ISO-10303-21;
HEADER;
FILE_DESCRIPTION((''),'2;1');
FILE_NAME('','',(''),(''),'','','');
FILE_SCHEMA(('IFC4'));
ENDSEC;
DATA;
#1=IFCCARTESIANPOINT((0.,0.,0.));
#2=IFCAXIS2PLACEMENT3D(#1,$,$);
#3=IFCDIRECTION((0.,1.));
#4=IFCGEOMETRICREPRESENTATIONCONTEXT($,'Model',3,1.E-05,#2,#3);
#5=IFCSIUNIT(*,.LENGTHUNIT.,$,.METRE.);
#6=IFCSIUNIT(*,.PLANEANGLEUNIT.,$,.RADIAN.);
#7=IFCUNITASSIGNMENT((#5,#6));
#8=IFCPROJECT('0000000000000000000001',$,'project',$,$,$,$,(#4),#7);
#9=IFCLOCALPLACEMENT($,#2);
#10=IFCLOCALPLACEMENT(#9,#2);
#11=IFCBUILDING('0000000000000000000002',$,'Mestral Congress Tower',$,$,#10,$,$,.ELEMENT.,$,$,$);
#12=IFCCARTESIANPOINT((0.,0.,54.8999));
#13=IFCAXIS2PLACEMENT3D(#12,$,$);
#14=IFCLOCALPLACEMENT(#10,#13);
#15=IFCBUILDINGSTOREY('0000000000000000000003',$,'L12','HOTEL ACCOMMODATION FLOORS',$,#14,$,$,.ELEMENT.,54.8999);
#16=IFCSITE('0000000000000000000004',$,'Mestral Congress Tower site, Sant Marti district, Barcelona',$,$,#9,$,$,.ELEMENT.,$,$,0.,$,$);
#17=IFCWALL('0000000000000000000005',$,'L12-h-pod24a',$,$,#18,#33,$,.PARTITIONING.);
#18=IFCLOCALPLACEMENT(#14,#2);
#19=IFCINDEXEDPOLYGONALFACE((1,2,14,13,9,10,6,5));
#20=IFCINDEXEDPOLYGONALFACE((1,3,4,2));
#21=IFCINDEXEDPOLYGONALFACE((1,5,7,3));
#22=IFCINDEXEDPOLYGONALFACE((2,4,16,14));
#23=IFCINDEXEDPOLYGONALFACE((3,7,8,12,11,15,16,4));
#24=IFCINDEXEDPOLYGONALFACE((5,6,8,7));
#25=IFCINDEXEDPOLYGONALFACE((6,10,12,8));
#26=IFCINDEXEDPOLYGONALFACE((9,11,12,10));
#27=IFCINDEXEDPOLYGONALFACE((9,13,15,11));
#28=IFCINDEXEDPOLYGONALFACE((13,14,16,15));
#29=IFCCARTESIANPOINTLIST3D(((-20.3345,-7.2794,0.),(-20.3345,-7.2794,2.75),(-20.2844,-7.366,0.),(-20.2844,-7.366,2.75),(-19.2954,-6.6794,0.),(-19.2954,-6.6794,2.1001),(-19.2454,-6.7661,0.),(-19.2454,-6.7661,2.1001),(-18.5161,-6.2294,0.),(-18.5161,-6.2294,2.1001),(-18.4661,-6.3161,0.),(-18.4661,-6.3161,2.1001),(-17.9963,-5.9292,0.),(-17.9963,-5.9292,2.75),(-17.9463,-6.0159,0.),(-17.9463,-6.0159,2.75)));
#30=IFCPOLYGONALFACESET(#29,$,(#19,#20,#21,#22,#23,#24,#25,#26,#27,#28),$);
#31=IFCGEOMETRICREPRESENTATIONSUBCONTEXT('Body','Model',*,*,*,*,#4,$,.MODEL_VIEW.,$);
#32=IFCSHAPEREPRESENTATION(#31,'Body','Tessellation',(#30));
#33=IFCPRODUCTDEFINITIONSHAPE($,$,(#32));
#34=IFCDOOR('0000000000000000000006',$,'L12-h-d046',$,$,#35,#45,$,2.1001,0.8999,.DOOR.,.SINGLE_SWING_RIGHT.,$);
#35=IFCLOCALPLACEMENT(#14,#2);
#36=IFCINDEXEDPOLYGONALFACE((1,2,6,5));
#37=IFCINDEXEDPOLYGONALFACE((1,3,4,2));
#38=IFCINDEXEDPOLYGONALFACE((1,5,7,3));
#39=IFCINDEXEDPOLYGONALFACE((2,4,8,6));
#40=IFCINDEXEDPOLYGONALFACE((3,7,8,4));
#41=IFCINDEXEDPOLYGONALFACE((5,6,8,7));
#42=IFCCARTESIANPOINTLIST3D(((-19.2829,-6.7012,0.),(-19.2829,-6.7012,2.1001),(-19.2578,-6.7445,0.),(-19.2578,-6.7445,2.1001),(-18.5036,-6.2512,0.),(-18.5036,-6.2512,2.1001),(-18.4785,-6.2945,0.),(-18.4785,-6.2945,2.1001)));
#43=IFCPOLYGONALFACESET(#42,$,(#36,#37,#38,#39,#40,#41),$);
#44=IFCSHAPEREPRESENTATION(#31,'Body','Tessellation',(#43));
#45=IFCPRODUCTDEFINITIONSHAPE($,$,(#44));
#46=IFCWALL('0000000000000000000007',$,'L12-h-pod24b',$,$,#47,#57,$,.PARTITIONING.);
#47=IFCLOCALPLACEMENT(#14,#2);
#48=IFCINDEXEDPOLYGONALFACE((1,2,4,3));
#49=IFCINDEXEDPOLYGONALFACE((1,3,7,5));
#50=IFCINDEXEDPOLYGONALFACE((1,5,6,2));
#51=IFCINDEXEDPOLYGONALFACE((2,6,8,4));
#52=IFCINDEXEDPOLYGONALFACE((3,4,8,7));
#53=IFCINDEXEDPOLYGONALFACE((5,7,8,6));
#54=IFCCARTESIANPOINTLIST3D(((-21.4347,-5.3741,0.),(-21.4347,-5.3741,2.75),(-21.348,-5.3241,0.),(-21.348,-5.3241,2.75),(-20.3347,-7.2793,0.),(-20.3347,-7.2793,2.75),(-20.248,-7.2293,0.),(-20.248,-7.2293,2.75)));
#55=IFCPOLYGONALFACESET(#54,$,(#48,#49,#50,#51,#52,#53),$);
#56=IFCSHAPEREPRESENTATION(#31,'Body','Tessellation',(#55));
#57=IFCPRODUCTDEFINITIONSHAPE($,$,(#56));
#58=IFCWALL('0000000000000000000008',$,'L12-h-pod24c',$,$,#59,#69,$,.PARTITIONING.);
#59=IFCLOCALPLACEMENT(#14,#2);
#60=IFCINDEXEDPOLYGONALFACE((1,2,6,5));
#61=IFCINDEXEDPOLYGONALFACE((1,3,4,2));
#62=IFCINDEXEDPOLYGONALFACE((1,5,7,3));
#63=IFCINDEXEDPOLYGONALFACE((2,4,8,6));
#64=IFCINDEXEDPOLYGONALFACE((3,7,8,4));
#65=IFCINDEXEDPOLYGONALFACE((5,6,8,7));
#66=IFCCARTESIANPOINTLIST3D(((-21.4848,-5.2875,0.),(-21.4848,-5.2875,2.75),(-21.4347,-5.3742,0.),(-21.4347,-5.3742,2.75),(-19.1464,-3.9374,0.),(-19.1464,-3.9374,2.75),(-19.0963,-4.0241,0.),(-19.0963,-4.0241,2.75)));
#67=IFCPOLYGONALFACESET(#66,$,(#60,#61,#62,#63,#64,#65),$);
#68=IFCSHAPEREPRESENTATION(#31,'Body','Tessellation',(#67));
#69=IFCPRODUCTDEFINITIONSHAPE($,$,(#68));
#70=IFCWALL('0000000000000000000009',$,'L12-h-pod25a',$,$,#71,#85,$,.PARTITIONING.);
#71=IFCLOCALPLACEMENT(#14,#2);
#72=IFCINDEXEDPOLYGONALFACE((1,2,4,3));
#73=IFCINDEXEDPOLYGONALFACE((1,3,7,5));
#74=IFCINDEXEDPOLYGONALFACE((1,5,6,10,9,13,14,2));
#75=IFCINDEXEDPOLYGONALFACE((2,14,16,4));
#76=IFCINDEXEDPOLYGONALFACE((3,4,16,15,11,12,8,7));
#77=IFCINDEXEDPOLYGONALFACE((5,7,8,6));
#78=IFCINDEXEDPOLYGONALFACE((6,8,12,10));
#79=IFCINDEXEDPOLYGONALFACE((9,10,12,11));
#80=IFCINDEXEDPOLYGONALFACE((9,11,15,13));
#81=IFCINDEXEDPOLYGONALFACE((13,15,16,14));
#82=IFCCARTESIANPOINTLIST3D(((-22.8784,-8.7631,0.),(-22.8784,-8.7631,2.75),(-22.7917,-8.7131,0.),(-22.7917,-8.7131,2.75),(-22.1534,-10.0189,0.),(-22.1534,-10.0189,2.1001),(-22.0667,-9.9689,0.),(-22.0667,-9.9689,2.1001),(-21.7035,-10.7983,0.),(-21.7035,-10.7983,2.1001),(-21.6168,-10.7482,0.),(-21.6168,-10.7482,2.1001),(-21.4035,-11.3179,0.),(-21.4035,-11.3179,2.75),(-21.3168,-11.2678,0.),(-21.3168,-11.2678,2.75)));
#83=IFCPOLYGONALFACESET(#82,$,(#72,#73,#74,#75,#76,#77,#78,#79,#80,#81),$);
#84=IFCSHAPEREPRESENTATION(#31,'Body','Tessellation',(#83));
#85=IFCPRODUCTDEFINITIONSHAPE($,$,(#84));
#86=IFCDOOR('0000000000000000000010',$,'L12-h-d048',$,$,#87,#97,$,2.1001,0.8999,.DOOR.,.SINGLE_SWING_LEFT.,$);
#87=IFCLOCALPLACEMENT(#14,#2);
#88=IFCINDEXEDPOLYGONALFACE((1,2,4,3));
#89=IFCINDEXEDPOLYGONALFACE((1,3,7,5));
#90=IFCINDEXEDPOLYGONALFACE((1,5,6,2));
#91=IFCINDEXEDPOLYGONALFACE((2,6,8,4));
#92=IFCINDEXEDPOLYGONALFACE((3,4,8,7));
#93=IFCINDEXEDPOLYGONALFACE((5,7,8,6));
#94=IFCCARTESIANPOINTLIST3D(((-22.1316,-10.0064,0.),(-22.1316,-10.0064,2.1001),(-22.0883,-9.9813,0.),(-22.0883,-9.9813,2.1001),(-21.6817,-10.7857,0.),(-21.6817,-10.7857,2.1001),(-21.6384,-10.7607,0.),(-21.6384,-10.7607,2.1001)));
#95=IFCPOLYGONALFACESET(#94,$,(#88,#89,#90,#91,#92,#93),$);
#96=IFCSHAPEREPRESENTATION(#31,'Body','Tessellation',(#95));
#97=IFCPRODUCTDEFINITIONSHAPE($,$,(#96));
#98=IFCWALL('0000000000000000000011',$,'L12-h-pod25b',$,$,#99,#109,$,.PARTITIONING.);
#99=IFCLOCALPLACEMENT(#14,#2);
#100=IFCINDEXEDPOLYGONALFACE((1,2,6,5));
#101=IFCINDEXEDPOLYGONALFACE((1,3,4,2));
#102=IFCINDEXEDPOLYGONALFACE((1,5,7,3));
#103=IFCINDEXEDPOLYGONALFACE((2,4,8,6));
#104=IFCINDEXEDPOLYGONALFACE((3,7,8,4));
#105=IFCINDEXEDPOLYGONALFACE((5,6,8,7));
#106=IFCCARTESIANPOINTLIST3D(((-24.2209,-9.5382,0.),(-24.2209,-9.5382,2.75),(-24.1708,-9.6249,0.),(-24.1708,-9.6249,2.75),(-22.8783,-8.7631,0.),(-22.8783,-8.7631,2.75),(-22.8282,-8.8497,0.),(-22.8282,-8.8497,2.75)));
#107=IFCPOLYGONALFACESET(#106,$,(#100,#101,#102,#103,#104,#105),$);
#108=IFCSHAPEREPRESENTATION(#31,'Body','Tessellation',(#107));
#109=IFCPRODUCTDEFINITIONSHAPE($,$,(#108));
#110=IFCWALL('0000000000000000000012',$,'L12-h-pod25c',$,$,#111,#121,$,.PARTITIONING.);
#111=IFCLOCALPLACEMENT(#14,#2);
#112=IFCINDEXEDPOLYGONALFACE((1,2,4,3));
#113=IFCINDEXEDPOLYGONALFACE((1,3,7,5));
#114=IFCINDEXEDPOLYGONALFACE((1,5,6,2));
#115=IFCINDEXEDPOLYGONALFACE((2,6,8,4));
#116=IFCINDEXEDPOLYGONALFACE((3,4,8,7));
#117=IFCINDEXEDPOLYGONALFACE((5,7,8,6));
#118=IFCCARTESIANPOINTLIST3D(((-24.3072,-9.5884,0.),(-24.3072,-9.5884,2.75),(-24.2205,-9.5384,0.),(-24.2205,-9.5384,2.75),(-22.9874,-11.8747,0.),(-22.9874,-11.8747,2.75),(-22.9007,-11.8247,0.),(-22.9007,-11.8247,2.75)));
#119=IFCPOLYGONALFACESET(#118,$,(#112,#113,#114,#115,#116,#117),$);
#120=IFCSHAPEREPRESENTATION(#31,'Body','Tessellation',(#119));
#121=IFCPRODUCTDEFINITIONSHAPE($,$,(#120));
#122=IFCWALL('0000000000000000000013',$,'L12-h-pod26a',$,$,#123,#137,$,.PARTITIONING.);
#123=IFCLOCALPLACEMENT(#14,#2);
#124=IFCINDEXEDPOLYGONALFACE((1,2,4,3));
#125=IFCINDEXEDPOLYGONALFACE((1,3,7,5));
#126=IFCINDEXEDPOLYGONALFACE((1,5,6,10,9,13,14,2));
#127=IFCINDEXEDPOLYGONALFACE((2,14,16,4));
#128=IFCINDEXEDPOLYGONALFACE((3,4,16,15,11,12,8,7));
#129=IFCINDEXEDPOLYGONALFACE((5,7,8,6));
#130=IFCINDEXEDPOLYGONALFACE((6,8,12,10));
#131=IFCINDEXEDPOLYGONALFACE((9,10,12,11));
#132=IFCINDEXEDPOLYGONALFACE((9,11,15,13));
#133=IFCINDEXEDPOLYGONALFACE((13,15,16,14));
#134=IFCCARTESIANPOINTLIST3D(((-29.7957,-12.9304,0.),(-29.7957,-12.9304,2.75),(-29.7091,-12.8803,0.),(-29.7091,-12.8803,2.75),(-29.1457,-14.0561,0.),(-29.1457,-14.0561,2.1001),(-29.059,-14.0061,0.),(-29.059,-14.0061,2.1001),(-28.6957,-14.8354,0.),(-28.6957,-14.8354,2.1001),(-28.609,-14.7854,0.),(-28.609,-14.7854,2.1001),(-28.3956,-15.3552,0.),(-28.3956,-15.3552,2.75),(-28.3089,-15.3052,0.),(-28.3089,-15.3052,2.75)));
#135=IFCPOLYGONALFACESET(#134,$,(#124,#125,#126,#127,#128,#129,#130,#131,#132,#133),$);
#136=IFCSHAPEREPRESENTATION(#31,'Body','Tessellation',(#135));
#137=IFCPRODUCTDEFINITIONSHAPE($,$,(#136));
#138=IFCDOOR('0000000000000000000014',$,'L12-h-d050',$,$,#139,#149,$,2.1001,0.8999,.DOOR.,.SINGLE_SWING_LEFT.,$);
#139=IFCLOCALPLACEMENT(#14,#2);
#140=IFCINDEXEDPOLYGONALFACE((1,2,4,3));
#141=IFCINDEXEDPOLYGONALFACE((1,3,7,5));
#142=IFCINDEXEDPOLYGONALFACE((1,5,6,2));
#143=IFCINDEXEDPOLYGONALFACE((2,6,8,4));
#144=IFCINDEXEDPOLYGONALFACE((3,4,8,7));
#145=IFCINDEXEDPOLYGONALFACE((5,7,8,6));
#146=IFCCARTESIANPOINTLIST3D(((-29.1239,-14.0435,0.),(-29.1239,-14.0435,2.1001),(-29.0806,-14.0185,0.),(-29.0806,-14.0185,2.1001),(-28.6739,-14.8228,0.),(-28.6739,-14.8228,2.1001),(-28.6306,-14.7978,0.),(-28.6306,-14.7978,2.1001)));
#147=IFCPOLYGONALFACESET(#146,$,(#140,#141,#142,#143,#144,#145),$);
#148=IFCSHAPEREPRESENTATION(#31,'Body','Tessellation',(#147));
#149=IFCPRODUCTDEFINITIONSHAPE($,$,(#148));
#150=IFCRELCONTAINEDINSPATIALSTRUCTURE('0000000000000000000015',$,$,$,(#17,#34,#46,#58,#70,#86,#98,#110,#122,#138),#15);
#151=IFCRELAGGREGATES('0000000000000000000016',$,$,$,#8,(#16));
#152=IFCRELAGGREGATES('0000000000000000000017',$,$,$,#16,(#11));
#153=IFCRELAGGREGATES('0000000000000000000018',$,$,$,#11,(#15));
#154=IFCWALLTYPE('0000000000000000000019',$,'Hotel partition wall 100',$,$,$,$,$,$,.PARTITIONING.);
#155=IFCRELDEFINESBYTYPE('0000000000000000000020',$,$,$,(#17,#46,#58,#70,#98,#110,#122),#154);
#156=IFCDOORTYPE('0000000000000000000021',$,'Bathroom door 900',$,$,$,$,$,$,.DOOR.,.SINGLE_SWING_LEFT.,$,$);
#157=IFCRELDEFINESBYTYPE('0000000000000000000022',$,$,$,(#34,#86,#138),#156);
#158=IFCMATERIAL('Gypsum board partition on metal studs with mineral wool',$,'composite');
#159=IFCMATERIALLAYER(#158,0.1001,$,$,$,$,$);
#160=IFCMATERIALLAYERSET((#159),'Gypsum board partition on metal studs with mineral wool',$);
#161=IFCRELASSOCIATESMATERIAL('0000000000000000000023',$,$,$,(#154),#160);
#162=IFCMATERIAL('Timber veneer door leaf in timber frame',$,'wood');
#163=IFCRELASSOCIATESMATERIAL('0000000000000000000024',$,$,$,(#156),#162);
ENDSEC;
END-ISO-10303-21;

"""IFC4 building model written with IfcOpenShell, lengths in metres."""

from ifc_helpers import new_model, si_unit, direction, frame, frame_2d, origin, place, context, subcontext, project, spatial, rectangle, extrude, material, layer, layer_set, type_object, element, fill, save


model = new_model("IFC4")

# Units and contexts
model_context = context("Model", 3, precision=1e-05, world=origin(), true_north=direction((0.0, 1.0)))
body_context = subcontext(model_context, "Body", "Model", "MODEL_VIEW")
ifc_project = project(units=[si_unit("LENGTHUNIT", "METRE"), si_unit("PLANEANGLEUNIT", "RADIAN")], contexts=[model_context])

# Site, building, storey
site_placement = place(None, origin())
site = spatial("IfcSite", under=ifc_project, at=site_placement, Name="Mestral Congress Tower site, Sant Marti district, Barcelona", CompositionType="ELEMENT", RefElevation=0.0)
building_placement = place(site_placement, origin())
building = spatial("IfcBuilding", under=site, at=building_placement, Name="Mestral Congress Tower", CompositionType="ELEMENT")
storey_placement = place(building_placement, frame((0.0, 0.0, 54.8999)))
storey = spatial("IfcBuildingStorey", under=building, at=storey_placement, Name="L12", Description="HOTEL ACCOMMODATION FLOORS", CompositionType="ELEMENT", Elevation=54.8999)

# Shared definitions
ifc_material_1 = material(Name="Gypsum board partition on metal studs with mineral wool", Category="composite")
ifc_layer_1 = layer(ifc_material_1, 0.1001)
ifc_layer_set_1 = layer_set([ifc_layer_1], Name="Gypsum board partition on metal studs with mineral wool")
wall_type_1 = type_object("IfcWallType", Name="Hotel partition wall 100", PredefinedType="PARTITIONING", material=ifc_layer_set_1)
ifc_material_2 = material(Name="Timber veneer door leaf in timber frame", Category="wood")

# Wall, opening, door
wall_1_placement = place(storey_placement, frame((-20.3096, -7.3228, 0.0), z_axis=(0.0, 0.0, 1.0), x_axis=(0.865997, 0.500049, 0.0)))
wall_1 = element("IfcWall", 1, at=wall_1_placement, inside=storey, type_object=wall_type_1, Name="L12-h-pod24a", PredefinedType="PARTITIONING", context=body_context, shape_type="SweptSolid", body=[
    extrude(rectangle(XDim=2.7, YDim=0.1001, at=frame_2d((1.3501, 0.0))), origin(), (0.0, 0.0, 1.0), 2.75),
])
opening_1_placement = place(wall_1_placement, frame((1.2, 0.0, 0.0)))
opening_1 = element("IfcOpeningElement", 2, at=opening_1_placement, cuts=wall_1, PredefinedType="OPENING", context=body_context, shape_type="SweptSolid", body=[
    extrude(rectangle(XDim=0.8999, YDim=2.1001, at=frame_2d((0.45, 1.05))), frame((0.0, 0.0601, 0.0), z_axis=(0.0, -1.0, 0.0), x_axis=(1.0, 0.0, 0.0)), (0.0, 0.0, 1.0), 0.1201),
])
door_type_1 = type_object("IfcDoorType", Name="Bathroom door 900", OperationType="SINGLE_SWING_LEFT", PredefinedType="DOOR", material=ifc_material_2)
door_1_placement = place(opening_1_placement, origin())
door_1 = element("IfcDoor", 3, at=door_1_placement, inside=storey, type_object=door_type_1, Name="L12-h-d046", OperationType="SINGLE_SWING_RIGHT", OverallHeight=2.1001, OverallWidth=0.8999, PredefinedType="DOOR", context=body_context, shape_type="SweptSolid", body=[
    extrude(rectangle(XDim=0.8999, YDim=2.1001, at=frame_2d((0.45, 1.05))), frame((0.0, 0.0249, 0.0), z_axis=(0.0, -1.0, 0.0), x_axis=(1.0, 0.0, 0.0)), (0.0, 0.0, 1.0), 0.05),
])
fill(opening_1, door_1)

# Walls
wall_2_placement = place(storey_placement, frame((-20.2913, -7.2544, 0.0), z_axis=(0.0, 0.0, 1.0), x_axis=(-0.50003, 0.866008, 0.0)))
element("IfcWall", 4, at=wall_2_placement, inside=storey, type_object=wall_type_1, Name="L12-h-pod24b", PredefinedType="PARTITIONING", context=body_context, shape_type="SweptSolid", body=[
    extrude(rectangle(XDim=2.2, YDim=0.1001, at=frame_2d((1.1001, 0.0))), origin(), (0.0, 0.0, 1.0), 2.75),
])
wall_3_placement = place(storey_placement, frame((-19.1213, -3.9807, 0.0), z_axis=(0.0, 0.0, 1.0), x_axis=(-0.86602, -0.500009, 0.0)))
element("IfcWall", 5, at=wall_3_placement, inside=storey, type_object=wall_type_1, Name="L12-h-pod24c", PredefinedType="PARTITIONING", context=body_context, shape_type="SweptSolid", body=[
    extrude(rectangle(XDim=2.7002, YDim=0.1001, at=frame_2d((1.3501, 0.0))), origin(), (0.0, 0.0, 1.0), 2.75),
])

# Wall, opening, door
wall_4_placement = place(storey_placement, frame((-21.3601, -11.293, 0.0), z_axis=(0.0, 0.0, 1.0), x_axis=(-0.499976, 0.866039, 0.0)))
wall_4 = element("IfcWall", 6, at=wall_4_placement, inside=storey, type_object=wall_type_1, Name="L12-h-pod25a", PredefinedType="PARTITIONING", context=body_context, shape_type="SweptSolid", body=[
    extrude(rectangle(XDim=2.95, YDim=0.1001, at=frame_2d((1.4751, 0.0))), origin(), (0.0, 0.0, 1.0), 2.75),
])
opening_2_placement = place(wall_4_placement, frame((0.6001, 0.0, 0.0)))
opening_2 = element("IfcOpeningElement", 7, at=opening_2_placement, cuts=wall_4, PredefinedType="OPENING", context=body_context, shape_type="SweptSolid", body=[
    extrude(rectangle(XDim=0.8999, YDim=2.1001, at=frame_2d((0.45, 1.05))), frame((0.0, 0.0601, 0.0), z_axis=(0.0, -1.0, 0.0), x_axis=(1.0, 0.0, 0.0)), (0.0, 0.0, 1.0), 0.1201),
])
door_2_placement = place(opening_2_placement, origin())
door_2 = element("IfcDoor", 8, at=door_2_placement, inside=storey, type_object=door_type_1, Name="L12-h-d048", OperationType="SINGLE_SWING_LEFT", OverallHeight=2.1001, OverallWidth=0.8999, PredefinedType="DOOR", context=body_context, shape_type="SweptSolid", body=[
    extrude(rectangle(XDim=0.8999, YDim=2.1001, at=frame_2d((0.45, 1.05))), frame((0.0, 0.0249, 0.0), z_axis=(0.0, -1.0, 0.0), x_axis=(1.0, 0.0, 0.0)), (0.0, 0.0, 1.0), 0.05),
])
fill(opening_2, door_2)

# Walls
wall_5_placement = place(storey_placement, frame((-22.8533, -8.8064, 0.0), z_axis=(0.0, 0.0, 1.0), x_axis=(-0.866015, -0.500018, 0.0)))
element("IfcWall", 9, at=wall_5_placement, inside=storey, type_object=wall_type_1, Name="L12-h-pod25b", PredefinedType="PARTITIONING", context=body_context, shape_type="SweptSolid", body=[
    extrude(rectangle(XDim=1.5503, YDim=0.1001, at=frame_2d((0.7751, 0.0))), origin(), (0.0, 0.0, 1.0), 2.75),
])
wall_6_placement = place(storey_placement, frame((-22.9441, -11.8496, 0.0), z_axis=(0.0, 0.0, 1.0), x_axis=(-0.499939, 0.866061, 0.0)))
element("IfcWall", 10, at=wall_6_placement, inside=storey, type_object=wall_type_1, Name="L12-h-pod25c", PredefinedType="PARTITIONING", context=body_context, shape_type="SweptSolid", body=[
    extrude(rectangle(XDim=2.6399, YDim=0.1001, at=frame_2d((1.3198, 0.0))), origin(), (0.0, 0.0, 1.0), 2.75),
])

# Wall, opening, door
wall_7_placement = place(storey_placement, frame((-28.3523, -15.3301, 0.0), z_axis=(0.0, 0.0, 1.0), x_axis=(-0.50005, 0.865997, 0.0)))
wall_7 = element("IfcWall", 11, at=wall_7_placement, inside=storey, type_object=wall_type_1, Name="L12-h-pod26a", PredefinedType="PARTITIONING", context=body_context, shape_type="SweptSolid", body=[
    extrude(rectangle(XDim=2.8, YDim=0.1001, at=frame_2d((1.3999, 0.0))), origin(), (0.0, 0.0, 1.0), 2.75),
])
opening_3_placement = place(wall_7_placement, frame((0.6001, 0.0, 0.0)))
opening_3 = element("IfcOpeningElement", 12, at=opening_3_placement, cuts=wall_7, PredefinedType="OPENING", context=body_context, shape_type="SweptSolid", body=[
    extrude(rectangle(XDim=0.8999, YDim=2.1001, at=frame_2d((0.45, 1.05))), frame((0.0, 0.0601, 0.0), z_axis=(0.0, -1.0, 0.0), x_axis=(1.0, 0.0, 0.0)), (0.0, 0.0, 1.0), 0.1201),
])
door_3_placement = place(opening_3_placement, origin())
door_3 = element("IfcDoor", 13, at=door_3_placement, inside=storey, type_object=door_type_1, Name="L12-h-d050", OperationType="SINGLE_SWING_LEFT", OverallHeight=2.1001, OverallWidth=0.8999, PredefinedType="DOOR", context=body_context, shape_type="SweptSolid", body=[
    extrude(rectangle(XDim=0.8999, YDim=2.1001, at=frame_2d((0.45, 1.05))), frame((0.0, 0.0249, 0.0), z_axis=(0.0, -1.0, 0.0), x_axis=(1.0, 0.0, 0.0)), (0.0, 0.0, 1.0), 0.05),
])
fill(opening_3, door_3)

save(model, "model.ifc")
